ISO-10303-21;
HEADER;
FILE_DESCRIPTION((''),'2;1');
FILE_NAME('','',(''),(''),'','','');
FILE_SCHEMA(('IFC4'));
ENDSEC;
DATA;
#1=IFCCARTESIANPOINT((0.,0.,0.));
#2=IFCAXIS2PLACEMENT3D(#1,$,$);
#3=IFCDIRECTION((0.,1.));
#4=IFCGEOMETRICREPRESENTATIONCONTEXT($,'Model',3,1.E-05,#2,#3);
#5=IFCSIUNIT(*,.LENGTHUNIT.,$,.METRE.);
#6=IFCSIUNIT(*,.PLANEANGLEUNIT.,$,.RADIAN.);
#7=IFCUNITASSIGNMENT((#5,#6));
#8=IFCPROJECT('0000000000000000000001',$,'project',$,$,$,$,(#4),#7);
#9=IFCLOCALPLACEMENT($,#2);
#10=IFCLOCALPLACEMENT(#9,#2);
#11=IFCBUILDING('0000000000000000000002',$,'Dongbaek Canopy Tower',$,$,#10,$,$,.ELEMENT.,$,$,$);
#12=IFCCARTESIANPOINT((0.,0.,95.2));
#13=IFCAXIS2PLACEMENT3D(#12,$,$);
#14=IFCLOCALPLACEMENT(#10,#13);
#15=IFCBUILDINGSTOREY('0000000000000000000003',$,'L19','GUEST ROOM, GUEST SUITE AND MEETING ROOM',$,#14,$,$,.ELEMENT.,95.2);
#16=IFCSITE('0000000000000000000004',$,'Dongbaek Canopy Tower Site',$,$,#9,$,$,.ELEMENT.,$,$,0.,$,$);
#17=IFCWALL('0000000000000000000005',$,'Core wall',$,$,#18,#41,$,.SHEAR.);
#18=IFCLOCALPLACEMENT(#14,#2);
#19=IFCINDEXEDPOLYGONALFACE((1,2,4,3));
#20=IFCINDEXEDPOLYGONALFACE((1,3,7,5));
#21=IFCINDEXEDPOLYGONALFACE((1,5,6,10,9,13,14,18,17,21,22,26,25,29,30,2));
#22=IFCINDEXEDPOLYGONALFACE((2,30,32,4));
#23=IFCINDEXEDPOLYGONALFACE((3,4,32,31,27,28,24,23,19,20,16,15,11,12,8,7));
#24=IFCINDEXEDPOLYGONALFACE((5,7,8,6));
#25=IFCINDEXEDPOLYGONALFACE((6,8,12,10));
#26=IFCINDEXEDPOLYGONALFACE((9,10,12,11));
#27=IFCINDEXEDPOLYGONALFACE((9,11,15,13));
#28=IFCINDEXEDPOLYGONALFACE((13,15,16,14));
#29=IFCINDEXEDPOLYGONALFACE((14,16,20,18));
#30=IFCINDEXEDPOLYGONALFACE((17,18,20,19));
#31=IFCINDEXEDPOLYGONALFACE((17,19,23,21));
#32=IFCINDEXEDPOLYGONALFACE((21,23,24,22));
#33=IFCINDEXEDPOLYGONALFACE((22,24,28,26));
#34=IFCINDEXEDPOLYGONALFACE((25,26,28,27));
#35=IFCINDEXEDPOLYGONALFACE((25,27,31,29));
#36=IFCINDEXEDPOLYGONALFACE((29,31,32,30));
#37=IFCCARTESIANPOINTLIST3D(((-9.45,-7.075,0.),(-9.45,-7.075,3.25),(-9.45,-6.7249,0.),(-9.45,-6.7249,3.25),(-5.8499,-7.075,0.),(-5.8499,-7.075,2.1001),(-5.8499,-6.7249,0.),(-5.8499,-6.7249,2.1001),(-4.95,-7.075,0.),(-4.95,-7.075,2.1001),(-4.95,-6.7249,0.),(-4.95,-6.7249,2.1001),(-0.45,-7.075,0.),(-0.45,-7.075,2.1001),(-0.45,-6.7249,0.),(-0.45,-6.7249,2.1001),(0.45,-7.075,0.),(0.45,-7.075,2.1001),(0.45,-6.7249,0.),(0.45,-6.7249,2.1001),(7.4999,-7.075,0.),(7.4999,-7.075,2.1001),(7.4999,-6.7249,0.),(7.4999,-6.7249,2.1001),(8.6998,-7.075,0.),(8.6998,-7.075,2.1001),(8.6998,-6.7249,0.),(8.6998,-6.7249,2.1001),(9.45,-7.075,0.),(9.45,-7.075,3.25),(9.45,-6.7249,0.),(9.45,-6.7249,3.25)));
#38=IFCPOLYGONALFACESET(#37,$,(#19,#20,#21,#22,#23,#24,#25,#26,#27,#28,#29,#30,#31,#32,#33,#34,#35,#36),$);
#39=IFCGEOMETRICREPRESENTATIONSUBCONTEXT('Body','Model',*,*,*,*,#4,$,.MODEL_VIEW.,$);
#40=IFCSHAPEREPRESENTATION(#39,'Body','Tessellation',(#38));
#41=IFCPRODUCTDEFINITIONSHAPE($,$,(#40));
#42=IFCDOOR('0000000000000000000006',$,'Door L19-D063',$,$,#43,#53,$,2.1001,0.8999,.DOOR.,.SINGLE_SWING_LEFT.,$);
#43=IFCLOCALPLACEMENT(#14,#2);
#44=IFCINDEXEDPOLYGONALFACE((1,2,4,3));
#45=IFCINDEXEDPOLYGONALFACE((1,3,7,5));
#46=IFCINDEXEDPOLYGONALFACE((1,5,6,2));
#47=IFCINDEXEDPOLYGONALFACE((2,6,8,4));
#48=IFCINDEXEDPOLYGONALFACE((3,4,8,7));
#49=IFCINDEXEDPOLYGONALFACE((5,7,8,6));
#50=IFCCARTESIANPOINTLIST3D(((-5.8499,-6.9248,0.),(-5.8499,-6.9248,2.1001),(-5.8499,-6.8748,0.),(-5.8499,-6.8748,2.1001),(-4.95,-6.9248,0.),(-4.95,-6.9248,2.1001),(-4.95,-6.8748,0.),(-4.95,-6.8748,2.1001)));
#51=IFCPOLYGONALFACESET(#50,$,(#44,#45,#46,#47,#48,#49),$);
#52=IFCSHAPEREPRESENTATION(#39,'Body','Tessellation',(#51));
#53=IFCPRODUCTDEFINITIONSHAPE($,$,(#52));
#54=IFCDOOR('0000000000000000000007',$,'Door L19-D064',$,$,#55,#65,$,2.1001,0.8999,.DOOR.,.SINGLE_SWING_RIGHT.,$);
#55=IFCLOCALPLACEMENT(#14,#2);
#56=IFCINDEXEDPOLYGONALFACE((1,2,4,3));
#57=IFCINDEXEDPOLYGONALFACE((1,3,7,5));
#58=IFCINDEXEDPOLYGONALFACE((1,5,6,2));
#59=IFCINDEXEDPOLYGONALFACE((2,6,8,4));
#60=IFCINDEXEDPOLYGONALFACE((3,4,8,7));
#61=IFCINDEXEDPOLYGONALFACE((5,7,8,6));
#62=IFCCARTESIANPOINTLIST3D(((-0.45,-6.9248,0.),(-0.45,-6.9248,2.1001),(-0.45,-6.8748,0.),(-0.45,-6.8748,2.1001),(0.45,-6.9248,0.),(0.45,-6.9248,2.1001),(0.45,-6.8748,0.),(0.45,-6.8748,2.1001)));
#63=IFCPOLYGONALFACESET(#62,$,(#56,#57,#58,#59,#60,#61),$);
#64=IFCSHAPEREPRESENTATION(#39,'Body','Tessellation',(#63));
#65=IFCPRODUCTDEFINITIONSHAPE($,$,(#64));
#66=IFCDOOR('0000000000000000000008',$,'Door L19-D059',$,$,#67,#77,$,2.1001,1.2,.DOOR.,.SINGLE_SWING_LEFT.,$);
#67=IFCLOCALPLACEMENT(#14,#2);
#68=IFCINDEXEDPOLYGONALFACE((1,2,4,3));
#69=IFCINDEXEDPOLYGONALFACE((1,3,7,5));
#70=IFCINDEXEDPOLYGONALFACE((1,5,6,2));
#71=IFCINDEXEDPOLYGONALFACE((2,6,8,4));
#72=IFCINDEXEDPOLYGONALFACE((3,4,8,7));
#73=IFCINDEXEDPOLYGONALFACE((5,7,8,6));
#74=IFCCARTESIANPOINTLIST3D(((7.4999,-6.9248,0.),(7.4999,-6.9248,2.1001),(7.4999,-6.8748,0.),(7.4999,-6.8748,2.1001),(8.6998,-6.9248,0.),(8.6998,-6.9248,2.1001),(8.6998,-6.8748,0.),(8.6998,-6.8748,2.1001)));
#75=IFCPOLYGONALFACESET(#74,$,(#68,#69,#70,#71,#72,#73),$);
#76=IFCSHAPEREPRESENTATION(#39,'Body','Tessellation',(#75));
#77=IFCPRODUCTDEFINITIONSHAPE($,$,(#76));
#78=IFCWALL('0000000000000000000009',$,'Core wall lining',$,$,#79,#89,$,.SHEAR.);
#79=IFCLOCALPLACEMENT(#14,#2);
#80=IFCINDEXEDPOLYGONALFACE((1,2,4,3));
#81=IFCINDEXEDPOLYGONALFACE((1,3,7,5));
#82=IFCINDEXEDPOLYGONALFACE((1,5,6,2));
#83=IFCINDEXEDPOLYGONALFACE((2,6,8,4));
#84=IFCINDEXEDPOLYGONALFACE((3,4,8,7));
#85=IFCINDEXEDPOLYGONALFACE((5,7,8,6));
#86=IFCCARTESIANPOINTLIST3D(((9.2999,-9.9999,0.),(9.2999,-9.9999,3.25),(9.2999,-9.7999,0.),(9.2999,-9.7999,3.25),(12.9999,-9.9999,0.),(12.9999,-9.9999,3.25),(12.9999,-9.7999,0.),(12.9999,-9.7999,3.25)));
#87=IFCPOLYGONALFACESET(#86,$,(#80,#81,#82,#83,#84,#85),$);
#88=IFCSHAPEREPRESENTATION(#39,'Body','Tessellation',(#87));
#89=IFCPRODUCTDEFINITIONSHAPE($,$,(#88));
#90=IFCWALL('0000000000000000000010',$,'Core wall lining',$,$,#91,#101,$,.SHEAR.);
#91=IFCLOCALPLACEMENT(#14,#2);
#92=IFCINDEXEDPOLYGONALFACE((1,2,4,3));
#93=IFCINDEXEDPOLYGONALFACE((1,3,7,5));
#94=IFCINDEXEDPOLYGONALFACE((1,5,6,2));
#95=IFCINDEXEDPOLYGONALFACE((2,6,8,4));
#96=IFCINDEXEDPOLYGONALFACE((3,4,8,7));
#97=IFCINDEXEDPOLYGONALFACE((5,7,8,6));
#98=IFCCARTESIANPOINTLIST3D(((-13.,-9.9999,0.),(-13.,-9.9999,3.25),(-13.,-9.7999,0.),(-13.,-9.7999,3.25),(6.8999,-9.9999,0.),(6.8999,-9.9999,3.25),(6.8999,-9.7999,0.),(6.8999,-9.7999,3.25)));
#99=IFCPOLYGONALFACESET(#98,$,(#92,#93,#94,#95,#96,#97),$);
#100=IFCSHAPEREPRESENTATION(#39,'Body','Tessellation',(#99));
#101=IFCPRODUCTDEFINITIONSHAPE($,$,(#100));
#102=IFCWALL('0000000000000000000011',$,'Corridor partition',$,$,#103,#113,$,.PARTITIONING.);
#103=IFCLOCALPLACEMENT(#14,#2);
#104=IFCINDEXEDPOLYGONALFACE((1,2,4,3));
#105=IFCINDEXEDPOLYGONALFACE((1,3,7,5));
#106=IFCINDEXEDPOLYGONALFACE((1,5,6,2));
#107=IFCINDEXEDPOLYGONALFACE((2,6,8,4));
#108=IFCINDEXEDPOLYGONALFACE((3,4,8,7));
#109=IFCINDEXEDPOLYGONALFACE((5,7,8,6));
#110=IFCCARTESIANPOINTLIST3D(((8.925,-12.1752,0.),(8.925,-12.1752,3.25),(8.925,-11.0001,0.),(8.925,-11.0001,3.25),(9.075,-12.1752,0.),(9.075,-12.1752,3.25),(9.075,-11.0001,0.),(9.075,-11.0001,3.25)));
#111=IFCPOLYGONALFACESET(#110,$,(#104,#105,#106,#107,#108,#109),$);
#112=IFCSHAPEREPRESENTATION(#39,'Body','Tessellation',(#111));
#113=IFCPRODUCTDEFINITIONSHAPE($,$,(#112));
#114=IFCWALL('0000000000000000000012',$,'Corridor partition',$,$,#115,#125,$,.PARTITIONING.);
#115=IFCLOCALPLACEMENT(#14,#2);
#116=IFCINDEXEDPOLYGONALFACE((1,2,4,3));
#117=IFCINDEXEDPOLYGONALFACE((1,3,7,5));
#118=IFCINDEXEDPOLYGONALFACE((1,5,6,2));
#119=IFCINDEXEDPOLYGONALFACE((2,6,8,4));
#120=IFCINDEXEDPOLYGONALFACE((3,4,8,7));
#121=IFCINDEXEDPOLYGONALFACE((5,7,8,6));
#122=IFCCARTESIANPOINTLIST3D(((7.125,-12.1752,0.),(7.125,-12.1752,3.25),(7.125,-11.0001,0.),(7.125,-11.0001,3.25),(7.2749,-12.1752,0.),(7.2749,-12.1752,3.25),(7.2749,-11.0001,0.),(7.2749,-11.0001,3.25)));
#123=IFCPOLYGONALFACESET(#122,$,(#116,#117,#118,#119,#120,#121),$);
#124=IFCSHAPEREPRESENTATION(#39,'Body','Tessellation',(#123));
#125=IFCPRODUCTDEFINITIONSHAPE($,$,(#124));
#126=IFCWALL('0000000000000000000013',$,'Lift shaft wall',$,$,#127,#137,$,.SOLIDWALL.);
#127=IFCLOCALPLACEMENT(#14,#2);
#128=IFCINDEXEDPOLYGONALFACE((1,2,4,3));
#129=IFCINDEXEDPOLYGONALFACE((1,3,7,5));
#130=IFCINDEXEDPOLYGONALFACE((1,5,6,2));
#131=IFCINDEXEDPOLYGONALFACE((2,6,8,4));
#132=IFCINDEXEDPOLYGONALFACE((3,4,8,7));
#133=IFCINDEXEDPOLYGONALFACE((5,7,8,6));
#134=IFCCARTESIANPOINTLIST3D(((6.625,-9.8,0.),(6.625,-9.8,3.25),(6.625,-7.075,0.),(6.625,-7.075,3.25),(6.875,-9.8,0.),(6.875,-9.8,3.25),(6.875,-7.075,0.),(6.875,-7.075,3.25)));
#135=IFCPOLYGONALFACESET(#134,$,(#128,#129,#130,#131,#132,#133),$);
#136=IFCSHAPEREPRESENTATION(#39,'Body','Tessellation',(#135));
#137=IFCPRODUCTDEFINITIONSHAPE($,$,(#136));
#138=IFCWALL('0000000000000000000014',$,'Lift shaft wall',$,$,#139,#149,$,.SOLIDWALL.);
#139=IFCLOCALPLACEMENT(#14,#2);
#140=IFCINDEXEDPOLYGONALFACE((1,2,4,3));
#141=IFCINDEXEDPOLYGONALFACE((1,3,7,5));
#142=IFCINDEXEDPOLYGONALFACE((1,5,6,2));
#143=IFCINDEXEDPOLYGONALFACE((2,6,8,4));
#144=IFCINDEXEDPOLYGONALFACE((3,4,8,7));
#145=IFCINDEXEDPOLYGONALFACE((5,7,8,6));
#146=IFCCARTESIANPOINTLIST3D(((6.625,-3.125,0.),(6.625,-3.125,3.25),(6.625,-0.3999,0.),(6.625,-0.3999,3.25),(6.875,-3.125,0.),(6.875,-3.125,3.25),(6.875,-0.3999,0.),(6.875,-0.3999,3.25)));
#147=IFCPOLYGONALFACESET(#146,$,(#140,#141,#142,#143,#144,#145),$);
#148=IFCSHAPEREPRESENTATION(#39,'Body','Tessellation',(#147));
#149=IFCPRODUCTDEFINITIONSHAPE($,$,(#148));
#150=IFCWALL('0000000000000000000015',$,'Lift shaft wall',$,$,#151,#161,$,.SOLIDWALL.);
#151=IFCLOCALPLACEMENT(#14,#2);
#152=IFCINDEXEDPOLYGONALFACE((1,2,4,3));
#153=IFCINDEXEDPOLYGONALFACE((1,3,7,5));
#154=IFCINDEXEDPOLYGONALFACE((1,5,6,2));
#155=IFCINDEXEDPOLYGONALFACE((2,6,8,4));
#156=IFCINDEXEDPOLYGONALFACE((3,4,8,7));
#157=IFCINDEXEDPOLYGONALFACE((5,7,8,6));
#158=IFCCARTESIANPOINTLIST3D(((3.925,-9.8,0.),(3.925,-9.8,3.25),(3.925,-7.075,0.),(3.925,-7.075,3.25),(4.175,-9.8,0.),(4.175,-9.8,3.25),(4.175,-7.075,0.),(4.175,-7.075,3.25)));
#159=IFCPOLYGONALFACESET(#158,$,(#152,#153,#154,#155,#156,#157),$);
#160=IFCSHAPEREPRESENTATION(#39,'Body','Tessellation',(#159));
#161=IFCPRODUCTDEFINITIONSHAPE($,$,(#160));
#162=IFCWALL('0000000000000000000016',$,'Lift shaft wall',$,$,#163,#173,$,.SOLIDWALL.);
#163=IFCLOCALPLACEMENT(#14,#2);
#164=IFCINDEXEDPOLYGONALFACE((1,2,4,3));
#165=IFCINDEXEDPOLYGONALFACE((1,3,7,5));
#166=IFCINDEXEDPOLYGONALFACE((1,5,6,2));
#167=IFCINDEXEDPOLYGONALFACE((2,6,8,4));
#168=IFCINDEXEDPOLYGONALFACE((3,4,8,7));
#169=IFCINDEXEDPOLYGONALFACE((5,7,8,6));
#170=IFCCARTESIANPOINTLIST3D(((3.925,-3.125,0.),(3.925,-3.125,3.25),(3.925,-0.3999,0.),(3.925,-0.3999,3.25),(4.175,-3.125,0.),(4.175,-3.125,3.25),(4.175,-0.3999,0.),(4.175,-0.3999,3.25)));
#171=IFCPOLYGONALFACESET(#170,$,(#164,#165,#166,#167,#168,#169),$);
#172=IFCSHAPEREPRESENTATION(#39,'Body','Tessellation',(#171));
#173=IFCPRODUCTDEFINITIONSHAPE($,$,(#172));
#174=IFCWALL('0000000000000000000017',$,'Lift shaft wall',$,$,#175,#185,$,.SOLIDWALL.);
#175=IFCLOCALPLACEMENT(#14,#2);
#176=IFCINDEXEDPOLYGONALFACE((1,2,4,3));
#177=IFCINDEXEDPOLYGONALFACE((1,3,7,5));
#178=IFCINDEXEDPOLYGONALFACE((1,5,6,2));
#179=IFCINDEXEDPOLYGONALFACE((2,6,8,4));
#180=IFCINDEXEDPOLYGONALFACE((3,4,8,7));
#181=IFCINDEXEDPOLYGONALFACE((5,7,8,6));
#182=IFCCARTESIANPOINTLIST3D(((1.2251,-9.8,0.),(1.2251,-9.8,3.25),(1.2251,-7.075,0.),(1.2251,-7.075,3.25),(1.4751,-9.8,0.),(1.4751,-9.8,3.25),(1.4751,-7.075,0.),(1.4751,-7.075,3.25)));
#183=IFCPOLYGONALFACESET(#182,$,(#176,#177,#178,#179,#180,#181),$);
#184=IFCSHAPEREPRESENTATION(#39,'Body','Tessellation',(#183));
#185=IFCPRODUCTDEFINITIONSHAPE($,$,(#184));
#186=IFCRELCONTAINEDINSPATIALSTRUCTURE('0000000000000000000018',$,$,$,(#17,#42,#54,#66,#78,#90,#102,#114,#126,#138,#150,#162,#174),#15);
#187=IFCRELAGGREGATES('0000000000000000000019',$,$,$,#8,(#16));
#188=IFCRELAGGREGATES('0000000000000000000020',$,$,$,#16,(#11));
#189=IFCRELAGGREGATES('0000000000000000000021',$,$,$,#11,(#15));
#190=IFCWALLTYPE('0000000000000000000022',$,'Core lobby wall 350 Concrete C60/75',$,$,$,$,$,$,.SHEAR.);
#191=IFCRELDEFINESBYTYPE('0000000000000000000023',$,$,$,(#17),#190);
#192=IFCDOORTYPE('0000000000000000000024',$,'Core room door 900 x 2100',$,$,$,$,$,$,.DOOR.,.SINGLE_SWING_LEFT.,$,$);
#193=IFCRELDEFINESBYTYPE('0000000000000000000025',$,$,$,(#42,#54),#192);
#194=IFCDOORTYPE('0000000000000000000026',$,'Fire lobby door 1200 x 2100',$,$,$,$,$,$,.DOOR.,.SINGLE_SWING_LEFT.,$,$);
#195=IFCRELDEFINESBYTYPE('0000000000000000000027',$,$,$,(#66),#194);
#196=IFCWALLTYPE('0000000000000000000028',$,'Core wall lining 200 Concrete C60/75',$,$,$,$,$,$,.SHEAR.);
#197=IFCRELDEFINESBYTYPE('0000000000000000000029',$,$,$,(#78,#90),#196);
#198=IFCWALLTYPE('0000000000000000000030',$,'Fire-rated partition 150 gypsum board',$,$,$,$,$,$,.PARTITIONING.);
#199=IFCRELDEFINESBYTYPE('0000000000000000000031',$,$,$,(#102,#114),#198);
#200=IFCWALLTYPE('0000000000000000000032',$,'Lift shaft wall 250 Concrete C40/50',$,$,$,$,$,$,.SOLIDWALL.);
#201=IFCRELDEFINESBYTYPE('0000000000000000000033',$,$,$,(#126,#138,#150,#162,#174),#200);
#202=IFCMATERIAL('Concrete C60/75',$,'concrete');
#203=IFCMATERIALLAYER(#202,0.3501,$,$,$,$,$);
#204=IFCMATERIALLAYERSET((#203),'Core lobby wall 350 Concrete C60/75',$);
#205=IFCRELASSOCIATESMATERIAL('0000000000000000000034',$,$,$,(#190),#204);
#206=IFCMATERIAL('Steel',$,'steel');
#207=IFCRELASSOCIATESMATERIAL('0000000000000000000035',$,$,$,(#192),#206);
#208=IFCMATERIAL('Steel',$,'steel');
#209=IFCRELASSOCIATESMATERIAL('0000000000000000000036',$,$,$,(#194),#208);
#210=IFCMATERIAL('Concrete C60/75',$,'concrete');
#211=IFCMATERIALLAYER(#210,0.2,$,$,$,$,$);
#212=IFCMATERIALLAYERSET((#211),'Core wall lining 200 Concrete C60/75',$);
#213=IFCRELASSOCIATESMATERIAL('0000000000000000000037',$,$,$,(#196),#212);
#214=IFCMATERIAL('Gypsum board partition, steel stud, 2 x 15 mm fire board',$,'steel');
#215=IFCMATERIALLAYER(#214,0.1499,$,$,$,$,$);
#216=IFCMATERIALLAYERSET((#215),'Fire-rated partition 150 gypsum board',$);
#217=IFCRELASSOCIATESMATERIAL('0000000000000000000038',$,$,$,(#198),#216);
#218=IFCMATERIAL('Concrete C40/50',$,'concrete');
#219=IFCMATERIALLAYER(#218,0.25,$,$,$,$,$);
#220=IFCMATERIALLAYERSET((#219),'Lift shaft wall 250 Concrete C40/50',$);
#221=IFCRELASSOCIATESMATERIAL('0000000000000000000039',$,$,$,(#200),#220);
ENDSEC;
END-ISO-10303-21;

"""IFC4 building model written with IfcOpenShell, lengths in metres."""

from ifc_helpers import new_model, si_unit, direction, frame, frame_2d, origin, place, context, subcontext, project, spatial, rectangle, extrude, material, layer, layer_set, type_object, element, fill, save


model = new_model("IFC4")

# Units and contexts
model_context = context("Model", 3, precision=1e-05, world=origin(), true_north=direction((0.0, 1.0)))
body_context = subcontext(model_context, "Body", "Model", "MODEL_VIEW")
ifc_project = project(units=[si_unit("LENGTHUNIT", "METRE"), si_unit("PLANEANGLEUNIT", "RADIAN")], contexts=[model_context])

# Site, building, storey
site_placement = place(None, origin())
site = spatial("IfcSite", under=ifc_project, at=site_placement, Name="Dongbaek Canopy Tower Site", CompositionType="ELEMENT", RefElevation=0.0)
building_placement = place(site_placement, origin())
building = spatial("IfcBuilding", under=site, at=building_placement, Name="Dongbaek Canopy Tower", CompositionType="ELEMENT")
storey_placement = place(building_placement, frame((0.0, 0.0, 95.2)))
storey = spatial("IfcBuildingStorey", under=building, at=storey_placement, Name="L19", Description="GUEST ROOM, GUEST SUITE AND MEETING ROOM", CompositionType="ELEMENT", Elevation=95.2)

# Wall, openings, doors
ifc_material_1 = material(Name="Concrete C60/75", Category="concrete")
ifc_layer_1 = layer(ifc_material_1, 0.3501)
ifc_layer_set_1 = layer_set([ifc_layer_1], Name="Core lobby wall 350 Concrete C60/75")
wall_type_1 = type_object("IfcWallType", Name="Core lobby wall 350 Concrete C60/75", PredefinedType="SHEAR", material=ifc_layer_set_1)
wall_1_placement = place(storey_placement, frame((9.45, -6.8999, 0.0), z_axis=(0.0, 0.0, 1.0), x_axis=(-1.0, 0.0, 0.0)))
wall_1 = element("IfcWall", 1, at=wall_1_placement, inside=storey, type_object=wall_type_1, Name="Core wall", PredefinedType="SHEAR", context=body_context, shape_type="SweptSolid", body=[
    extrude(rectangle(XDim=18.8999, YDim=0.3501, at=frame_2d((9.45, 0.0))), origin(), (0.0, 0.0, 1.0), 3.25),
])
opening_1_placement = place(wall_1_placement, frame((0.75, 0.0, 0.0)))
opening_1 = element("IfcOpeningElement", 2, at=opening_1_placement, cuts=wall_1, PredefinedType="OPENING", context=body_context, shape_type="SweptSolid", body=[
    extrude(rectangle(XDim=1.2, YDim=2.1001, at=frame_2d((0.6001, 1.05))), frame((0.0, 0.1851, 0.0), z_axis=(0.0, -1.0, 0.0), x_axis=(1.0, 0.0, 0.0)), (0.0, 0.0, 1.0), 0.3701),
])
opening_2_placement = place(wall_1_placement, frame((14.3999, 0.0, 0.0)))
opening_2 = element("IfcOpeningElement", 3, at=opening_2_placement, cuts=wall_1, PredefinedType="OPENING", context=body_context, shape_type="SweptSolid", body=[
    extrude(rectangle(XDim=0.8999, YDim=2.1001, at=frame_2d((0.45, 1.05))), frame((0.0, 0.1851, 0.0), z_axis=(0.0, -1.0, 0.0), x_axis=(1.0, 0.0, 0.0)), (0.0, 0.0, 1.0), 0.3701),
])
opening_3_placement = place(wall_1_placement, frame((9.0, 0.0, 0.0)))
opening_3 = element("IfcOpeningElement", 4, at=opening_3_placement, cuts=wall_1, PredefinedType="OPENING", context=body_context, shape_type="SweptSolid", body=[
    extrude(rectangle(XDim=0.8999, YDim=2.1001, at=frame_2d((0.45, 1.05))), frame((0.0, 0.1851, 0.0), z_axis=(0.0, -1.0, 0.0), x_axis=(1.0, 0.0, 0.0)), (0.0, 0.0, 1.0), 0.3701),
])
ifc_material_2 = material(Name="Steel", Category="steel")
door_type_1 = type_object("IfcDoorType", Name="Core room door 900 x 2100", OperationType="SINGLE_SWING_LEFT", PredefinedType="DOOR", material=ifc_material_2)
door_1_placement = place(opening_2_placement, origin())
door_1 = element("IfcDoor", 5, at=door_1_placement, inside=storey, type_object=door_type_1, Name="Door L19-D063", OperationType="SINGLE_SWING_LEFT", OverallHeight=2.1001, OverallWidth=0.8999, PredefinedType="DOOR", context=body_context, shape_type="SweptSolid", body=[
    extrude(rectangle(XDim=0.8999, YDim=2.1001, at=frame_2d((0.45, 1.05))), frame((0.0, 0.0249, 0.0), z_axis=(0.0, -1.0, 0.0), x_axis=(1.0, 0.0, 0.0)), (0.0, 0.0, 1.0), 0.05),
])
fill(opening_2, door_1)
door_2_placement = place(opening_3_placement, origin())
door_2 = element("IfcDoor", 6, at=door_2_placement, inside=storey, type_object=door_type_1, Name="Door L19-D064", OperationType="SINGLE_SWING_RIGHT", OverallHeight=2.1001, OverallWidth=0.8999, PredefinedType="DOOR", context=body_context, shape_type="SweptSolid", body=[
    extrude(rectangle(XDim=0.8999, YDim=2.1001, at=frame_2d((0.45, 1.05))), frame((0.0, 0.0249, 0.0), z_axis=(0.0, -1.0, 0.0), x_axis=(1.0, 0.0, 0.0)), (0.0, 0.0, 1.0), 0.05),
])
fill(opening_3, door_2)
ifc_material_3 = material(Name="Steel", Category="steel")
door_type_2 = type_object("IfcDoorType", Name="Fire lobby door 1200 x 2100", OperationType="SINGLE_SWING_LEFT", PredefinedType="DOOR", material=ifc_material_3)
door_3_placement = place(opening_1_placement, origin())
door_3 = element("IfcDoor", 7, at=door_3_placement, inside=storey, type_object=door_type_2, Name="Door L19-D059", OperationType="SINGLE_SWING_LEFT", OverallHeight=2.1001, OverallWidth=1.2, PredefinedType="DOOR", context=body_context, shape_type="SweptSolid", body=[
    extrude(rectangle(XDim=1.2, YDim=2.1001, at=frame_2d((0.6001, 1.05))), frame((0.0, 0.0249, 0.0), z_axis=(0.0, -1.0, 0.0), x_axis=(1.0, 0.0, 0.0)), (0.0, 0.0, 1.0), 0.05),
])
fill(opening_1, door_3)

# Walls
ifc_material_4 = material(Name="Concrete C60/75", Category="concrete")
ifc_layer_2 = layer(ifc_material_4, 0.2)
ifc_layer_set_2 = layer_set([ifc_layer_2], Name="Core wall lining 200 Concrete C60/75")
wall_type_2 = type_object("IfcWallType", Name="Core wall lining 200 Concrete C60/75", PredefinedType="SHEAR", material=ifc_layer_set_2)
wall_2_placement = place(storey_placement, frame((13.0, -9.8999, 0.0), z_axis=(0.0, 0.0, 1.0), x_axis=(-1.0, 0.0, 0.0)))
element("IfcWall", 8, at=wall_2_placement, inside=storey, type_object=wall_type_2, Name="Core wall lining", PredefinedType="SHEAR", context=body_context, shape_type="SweptSolid", body=[
    extrude(rectangle(XDim=3.7, YDim=0.2, at=frame_2d((1.8501, 0.0))), origin(), (0.0, 0.0, 1.0), 3.25),
])
wall_3_placement = place(storey_placement, frame((6.8999, -9.8999, 0.0), z_axis=(0.0, 0.0, 1.0), x_axis=(-1.0, 0.0, 0.0)))
element("IfcWall", 9, at=wall_3_placement, inside=storey, type_object=wall_type_2, Name="Core wall lining", PredefinedType="SHEAR", context=body_context, shape_type="SweptSolid", body=[
    extrude(rectangle(XDim=19.8999, YDim=0.2, at=frame_2d((9.95, 0.0))), origin(), (0.0, 0.0, 1.0), 3.25),
])
ifc_material_5 = material(Name="Gypsum board partition, steel stud, 2 x 15 mm fire board", Category="steel")
ifc_layer_3 = layer(ifc_material_5, 0.1499)
ifc_layer_set_3 = layer_set([ifc_layer_3], Name="Fire-rated partition 150 gypsum board")
wall_type_3 = type_object("IfcWallType", Name="Fire-rated partition 150 gypsum board", PredefinedType="PARTITIONING", material=ifc_layer_set_3)
for number, where, z_axis, x_axis, name in (
    (10, (9.0, -12.175, 0.0), (0.0, 0.0, 1.0), (0.0, 1.0, 0.0), "Corridor partition"),
    (11, (7.2, -12.175, 0.0), (0.0, 0.0, 1.0), (0.0, 1.0, 0.0), "Corridor partition"),
):
    element("IfcWall", number, at=place(storey_placement, frame(where, z_axis=z_axis, x_axis=x_axis)), inside=storey, type_object=wall_type_3, Name=name, PredefinedType="PARTITIONING", context=body_context, shape_type="SweptSolid", body=[
        extrude(rectangle(XDim=1.175, YDim=0.1499, at=frame_2d((0.5874, 0.0))), origin(), (0.0, 0.0, 1.0), 3.25),
    ])
ifc_material_6 = material(Name="Concrete C40/50", Category="concrete")
ifc_layer_4 = layer(ifc_material_6, 0.25)
ifc_layer_set_4 = layer_set([ifc_layer_4], Name="Lift shaft wall 250 Concrete C40/50")
wall_type_4 = type_object("IfcWallType", Name="Lift shaft wall 250 Concrete C40/50", PredefinedType="SOLIDWALL", material=ifc_layer_set_4)
for number, where, z_axis, x_axis, name in (
    (12, (6.75, -9.8, 0.0), (0.0, 0.0, 1.0), (0.0, 1.0, 0.0), "Lift shaft wall"),
    (13, (6.75, -3.125, 0.0), (0.0, 0.0, 1.0), (0.0, 1.0, 0.0), "Lift shaft wall"),
    (14, (4.05, -9.8, 0.0), (0.0, 0.0, 1.0), (0.0, 1.0, 0.0), "Lift shaft wall"),
    (15, (4.05, -3.125, 0.0), (0.0, 0.0, 1.0), (0.0, 1.0, 0.0), "Lift shaft wall"),
    (16, (1.3501, -9.8, 0.0), (0.0, 0.0, 1.0), (0.0, 1.0, 0.0), "Lift shaft wall"),
):
    element("IfcWall", number, at=place(storey_placement, frame(where, z_axis=z_axis, x_axis=x_axis)), inside=storey, type_object=wall_type_4, Name=name, PredefinedType="SOLIDWALL", context=body_context, shape_type="SweptSolid", body=[
        extrude(rectangle(XDim=2.7251, YDim=0.25, at=frame_2d((1.3625, 0.0))), origin(), (0.0, 0.0, 1.0), 3.25),
    ])

save(model, "model.ifc")
